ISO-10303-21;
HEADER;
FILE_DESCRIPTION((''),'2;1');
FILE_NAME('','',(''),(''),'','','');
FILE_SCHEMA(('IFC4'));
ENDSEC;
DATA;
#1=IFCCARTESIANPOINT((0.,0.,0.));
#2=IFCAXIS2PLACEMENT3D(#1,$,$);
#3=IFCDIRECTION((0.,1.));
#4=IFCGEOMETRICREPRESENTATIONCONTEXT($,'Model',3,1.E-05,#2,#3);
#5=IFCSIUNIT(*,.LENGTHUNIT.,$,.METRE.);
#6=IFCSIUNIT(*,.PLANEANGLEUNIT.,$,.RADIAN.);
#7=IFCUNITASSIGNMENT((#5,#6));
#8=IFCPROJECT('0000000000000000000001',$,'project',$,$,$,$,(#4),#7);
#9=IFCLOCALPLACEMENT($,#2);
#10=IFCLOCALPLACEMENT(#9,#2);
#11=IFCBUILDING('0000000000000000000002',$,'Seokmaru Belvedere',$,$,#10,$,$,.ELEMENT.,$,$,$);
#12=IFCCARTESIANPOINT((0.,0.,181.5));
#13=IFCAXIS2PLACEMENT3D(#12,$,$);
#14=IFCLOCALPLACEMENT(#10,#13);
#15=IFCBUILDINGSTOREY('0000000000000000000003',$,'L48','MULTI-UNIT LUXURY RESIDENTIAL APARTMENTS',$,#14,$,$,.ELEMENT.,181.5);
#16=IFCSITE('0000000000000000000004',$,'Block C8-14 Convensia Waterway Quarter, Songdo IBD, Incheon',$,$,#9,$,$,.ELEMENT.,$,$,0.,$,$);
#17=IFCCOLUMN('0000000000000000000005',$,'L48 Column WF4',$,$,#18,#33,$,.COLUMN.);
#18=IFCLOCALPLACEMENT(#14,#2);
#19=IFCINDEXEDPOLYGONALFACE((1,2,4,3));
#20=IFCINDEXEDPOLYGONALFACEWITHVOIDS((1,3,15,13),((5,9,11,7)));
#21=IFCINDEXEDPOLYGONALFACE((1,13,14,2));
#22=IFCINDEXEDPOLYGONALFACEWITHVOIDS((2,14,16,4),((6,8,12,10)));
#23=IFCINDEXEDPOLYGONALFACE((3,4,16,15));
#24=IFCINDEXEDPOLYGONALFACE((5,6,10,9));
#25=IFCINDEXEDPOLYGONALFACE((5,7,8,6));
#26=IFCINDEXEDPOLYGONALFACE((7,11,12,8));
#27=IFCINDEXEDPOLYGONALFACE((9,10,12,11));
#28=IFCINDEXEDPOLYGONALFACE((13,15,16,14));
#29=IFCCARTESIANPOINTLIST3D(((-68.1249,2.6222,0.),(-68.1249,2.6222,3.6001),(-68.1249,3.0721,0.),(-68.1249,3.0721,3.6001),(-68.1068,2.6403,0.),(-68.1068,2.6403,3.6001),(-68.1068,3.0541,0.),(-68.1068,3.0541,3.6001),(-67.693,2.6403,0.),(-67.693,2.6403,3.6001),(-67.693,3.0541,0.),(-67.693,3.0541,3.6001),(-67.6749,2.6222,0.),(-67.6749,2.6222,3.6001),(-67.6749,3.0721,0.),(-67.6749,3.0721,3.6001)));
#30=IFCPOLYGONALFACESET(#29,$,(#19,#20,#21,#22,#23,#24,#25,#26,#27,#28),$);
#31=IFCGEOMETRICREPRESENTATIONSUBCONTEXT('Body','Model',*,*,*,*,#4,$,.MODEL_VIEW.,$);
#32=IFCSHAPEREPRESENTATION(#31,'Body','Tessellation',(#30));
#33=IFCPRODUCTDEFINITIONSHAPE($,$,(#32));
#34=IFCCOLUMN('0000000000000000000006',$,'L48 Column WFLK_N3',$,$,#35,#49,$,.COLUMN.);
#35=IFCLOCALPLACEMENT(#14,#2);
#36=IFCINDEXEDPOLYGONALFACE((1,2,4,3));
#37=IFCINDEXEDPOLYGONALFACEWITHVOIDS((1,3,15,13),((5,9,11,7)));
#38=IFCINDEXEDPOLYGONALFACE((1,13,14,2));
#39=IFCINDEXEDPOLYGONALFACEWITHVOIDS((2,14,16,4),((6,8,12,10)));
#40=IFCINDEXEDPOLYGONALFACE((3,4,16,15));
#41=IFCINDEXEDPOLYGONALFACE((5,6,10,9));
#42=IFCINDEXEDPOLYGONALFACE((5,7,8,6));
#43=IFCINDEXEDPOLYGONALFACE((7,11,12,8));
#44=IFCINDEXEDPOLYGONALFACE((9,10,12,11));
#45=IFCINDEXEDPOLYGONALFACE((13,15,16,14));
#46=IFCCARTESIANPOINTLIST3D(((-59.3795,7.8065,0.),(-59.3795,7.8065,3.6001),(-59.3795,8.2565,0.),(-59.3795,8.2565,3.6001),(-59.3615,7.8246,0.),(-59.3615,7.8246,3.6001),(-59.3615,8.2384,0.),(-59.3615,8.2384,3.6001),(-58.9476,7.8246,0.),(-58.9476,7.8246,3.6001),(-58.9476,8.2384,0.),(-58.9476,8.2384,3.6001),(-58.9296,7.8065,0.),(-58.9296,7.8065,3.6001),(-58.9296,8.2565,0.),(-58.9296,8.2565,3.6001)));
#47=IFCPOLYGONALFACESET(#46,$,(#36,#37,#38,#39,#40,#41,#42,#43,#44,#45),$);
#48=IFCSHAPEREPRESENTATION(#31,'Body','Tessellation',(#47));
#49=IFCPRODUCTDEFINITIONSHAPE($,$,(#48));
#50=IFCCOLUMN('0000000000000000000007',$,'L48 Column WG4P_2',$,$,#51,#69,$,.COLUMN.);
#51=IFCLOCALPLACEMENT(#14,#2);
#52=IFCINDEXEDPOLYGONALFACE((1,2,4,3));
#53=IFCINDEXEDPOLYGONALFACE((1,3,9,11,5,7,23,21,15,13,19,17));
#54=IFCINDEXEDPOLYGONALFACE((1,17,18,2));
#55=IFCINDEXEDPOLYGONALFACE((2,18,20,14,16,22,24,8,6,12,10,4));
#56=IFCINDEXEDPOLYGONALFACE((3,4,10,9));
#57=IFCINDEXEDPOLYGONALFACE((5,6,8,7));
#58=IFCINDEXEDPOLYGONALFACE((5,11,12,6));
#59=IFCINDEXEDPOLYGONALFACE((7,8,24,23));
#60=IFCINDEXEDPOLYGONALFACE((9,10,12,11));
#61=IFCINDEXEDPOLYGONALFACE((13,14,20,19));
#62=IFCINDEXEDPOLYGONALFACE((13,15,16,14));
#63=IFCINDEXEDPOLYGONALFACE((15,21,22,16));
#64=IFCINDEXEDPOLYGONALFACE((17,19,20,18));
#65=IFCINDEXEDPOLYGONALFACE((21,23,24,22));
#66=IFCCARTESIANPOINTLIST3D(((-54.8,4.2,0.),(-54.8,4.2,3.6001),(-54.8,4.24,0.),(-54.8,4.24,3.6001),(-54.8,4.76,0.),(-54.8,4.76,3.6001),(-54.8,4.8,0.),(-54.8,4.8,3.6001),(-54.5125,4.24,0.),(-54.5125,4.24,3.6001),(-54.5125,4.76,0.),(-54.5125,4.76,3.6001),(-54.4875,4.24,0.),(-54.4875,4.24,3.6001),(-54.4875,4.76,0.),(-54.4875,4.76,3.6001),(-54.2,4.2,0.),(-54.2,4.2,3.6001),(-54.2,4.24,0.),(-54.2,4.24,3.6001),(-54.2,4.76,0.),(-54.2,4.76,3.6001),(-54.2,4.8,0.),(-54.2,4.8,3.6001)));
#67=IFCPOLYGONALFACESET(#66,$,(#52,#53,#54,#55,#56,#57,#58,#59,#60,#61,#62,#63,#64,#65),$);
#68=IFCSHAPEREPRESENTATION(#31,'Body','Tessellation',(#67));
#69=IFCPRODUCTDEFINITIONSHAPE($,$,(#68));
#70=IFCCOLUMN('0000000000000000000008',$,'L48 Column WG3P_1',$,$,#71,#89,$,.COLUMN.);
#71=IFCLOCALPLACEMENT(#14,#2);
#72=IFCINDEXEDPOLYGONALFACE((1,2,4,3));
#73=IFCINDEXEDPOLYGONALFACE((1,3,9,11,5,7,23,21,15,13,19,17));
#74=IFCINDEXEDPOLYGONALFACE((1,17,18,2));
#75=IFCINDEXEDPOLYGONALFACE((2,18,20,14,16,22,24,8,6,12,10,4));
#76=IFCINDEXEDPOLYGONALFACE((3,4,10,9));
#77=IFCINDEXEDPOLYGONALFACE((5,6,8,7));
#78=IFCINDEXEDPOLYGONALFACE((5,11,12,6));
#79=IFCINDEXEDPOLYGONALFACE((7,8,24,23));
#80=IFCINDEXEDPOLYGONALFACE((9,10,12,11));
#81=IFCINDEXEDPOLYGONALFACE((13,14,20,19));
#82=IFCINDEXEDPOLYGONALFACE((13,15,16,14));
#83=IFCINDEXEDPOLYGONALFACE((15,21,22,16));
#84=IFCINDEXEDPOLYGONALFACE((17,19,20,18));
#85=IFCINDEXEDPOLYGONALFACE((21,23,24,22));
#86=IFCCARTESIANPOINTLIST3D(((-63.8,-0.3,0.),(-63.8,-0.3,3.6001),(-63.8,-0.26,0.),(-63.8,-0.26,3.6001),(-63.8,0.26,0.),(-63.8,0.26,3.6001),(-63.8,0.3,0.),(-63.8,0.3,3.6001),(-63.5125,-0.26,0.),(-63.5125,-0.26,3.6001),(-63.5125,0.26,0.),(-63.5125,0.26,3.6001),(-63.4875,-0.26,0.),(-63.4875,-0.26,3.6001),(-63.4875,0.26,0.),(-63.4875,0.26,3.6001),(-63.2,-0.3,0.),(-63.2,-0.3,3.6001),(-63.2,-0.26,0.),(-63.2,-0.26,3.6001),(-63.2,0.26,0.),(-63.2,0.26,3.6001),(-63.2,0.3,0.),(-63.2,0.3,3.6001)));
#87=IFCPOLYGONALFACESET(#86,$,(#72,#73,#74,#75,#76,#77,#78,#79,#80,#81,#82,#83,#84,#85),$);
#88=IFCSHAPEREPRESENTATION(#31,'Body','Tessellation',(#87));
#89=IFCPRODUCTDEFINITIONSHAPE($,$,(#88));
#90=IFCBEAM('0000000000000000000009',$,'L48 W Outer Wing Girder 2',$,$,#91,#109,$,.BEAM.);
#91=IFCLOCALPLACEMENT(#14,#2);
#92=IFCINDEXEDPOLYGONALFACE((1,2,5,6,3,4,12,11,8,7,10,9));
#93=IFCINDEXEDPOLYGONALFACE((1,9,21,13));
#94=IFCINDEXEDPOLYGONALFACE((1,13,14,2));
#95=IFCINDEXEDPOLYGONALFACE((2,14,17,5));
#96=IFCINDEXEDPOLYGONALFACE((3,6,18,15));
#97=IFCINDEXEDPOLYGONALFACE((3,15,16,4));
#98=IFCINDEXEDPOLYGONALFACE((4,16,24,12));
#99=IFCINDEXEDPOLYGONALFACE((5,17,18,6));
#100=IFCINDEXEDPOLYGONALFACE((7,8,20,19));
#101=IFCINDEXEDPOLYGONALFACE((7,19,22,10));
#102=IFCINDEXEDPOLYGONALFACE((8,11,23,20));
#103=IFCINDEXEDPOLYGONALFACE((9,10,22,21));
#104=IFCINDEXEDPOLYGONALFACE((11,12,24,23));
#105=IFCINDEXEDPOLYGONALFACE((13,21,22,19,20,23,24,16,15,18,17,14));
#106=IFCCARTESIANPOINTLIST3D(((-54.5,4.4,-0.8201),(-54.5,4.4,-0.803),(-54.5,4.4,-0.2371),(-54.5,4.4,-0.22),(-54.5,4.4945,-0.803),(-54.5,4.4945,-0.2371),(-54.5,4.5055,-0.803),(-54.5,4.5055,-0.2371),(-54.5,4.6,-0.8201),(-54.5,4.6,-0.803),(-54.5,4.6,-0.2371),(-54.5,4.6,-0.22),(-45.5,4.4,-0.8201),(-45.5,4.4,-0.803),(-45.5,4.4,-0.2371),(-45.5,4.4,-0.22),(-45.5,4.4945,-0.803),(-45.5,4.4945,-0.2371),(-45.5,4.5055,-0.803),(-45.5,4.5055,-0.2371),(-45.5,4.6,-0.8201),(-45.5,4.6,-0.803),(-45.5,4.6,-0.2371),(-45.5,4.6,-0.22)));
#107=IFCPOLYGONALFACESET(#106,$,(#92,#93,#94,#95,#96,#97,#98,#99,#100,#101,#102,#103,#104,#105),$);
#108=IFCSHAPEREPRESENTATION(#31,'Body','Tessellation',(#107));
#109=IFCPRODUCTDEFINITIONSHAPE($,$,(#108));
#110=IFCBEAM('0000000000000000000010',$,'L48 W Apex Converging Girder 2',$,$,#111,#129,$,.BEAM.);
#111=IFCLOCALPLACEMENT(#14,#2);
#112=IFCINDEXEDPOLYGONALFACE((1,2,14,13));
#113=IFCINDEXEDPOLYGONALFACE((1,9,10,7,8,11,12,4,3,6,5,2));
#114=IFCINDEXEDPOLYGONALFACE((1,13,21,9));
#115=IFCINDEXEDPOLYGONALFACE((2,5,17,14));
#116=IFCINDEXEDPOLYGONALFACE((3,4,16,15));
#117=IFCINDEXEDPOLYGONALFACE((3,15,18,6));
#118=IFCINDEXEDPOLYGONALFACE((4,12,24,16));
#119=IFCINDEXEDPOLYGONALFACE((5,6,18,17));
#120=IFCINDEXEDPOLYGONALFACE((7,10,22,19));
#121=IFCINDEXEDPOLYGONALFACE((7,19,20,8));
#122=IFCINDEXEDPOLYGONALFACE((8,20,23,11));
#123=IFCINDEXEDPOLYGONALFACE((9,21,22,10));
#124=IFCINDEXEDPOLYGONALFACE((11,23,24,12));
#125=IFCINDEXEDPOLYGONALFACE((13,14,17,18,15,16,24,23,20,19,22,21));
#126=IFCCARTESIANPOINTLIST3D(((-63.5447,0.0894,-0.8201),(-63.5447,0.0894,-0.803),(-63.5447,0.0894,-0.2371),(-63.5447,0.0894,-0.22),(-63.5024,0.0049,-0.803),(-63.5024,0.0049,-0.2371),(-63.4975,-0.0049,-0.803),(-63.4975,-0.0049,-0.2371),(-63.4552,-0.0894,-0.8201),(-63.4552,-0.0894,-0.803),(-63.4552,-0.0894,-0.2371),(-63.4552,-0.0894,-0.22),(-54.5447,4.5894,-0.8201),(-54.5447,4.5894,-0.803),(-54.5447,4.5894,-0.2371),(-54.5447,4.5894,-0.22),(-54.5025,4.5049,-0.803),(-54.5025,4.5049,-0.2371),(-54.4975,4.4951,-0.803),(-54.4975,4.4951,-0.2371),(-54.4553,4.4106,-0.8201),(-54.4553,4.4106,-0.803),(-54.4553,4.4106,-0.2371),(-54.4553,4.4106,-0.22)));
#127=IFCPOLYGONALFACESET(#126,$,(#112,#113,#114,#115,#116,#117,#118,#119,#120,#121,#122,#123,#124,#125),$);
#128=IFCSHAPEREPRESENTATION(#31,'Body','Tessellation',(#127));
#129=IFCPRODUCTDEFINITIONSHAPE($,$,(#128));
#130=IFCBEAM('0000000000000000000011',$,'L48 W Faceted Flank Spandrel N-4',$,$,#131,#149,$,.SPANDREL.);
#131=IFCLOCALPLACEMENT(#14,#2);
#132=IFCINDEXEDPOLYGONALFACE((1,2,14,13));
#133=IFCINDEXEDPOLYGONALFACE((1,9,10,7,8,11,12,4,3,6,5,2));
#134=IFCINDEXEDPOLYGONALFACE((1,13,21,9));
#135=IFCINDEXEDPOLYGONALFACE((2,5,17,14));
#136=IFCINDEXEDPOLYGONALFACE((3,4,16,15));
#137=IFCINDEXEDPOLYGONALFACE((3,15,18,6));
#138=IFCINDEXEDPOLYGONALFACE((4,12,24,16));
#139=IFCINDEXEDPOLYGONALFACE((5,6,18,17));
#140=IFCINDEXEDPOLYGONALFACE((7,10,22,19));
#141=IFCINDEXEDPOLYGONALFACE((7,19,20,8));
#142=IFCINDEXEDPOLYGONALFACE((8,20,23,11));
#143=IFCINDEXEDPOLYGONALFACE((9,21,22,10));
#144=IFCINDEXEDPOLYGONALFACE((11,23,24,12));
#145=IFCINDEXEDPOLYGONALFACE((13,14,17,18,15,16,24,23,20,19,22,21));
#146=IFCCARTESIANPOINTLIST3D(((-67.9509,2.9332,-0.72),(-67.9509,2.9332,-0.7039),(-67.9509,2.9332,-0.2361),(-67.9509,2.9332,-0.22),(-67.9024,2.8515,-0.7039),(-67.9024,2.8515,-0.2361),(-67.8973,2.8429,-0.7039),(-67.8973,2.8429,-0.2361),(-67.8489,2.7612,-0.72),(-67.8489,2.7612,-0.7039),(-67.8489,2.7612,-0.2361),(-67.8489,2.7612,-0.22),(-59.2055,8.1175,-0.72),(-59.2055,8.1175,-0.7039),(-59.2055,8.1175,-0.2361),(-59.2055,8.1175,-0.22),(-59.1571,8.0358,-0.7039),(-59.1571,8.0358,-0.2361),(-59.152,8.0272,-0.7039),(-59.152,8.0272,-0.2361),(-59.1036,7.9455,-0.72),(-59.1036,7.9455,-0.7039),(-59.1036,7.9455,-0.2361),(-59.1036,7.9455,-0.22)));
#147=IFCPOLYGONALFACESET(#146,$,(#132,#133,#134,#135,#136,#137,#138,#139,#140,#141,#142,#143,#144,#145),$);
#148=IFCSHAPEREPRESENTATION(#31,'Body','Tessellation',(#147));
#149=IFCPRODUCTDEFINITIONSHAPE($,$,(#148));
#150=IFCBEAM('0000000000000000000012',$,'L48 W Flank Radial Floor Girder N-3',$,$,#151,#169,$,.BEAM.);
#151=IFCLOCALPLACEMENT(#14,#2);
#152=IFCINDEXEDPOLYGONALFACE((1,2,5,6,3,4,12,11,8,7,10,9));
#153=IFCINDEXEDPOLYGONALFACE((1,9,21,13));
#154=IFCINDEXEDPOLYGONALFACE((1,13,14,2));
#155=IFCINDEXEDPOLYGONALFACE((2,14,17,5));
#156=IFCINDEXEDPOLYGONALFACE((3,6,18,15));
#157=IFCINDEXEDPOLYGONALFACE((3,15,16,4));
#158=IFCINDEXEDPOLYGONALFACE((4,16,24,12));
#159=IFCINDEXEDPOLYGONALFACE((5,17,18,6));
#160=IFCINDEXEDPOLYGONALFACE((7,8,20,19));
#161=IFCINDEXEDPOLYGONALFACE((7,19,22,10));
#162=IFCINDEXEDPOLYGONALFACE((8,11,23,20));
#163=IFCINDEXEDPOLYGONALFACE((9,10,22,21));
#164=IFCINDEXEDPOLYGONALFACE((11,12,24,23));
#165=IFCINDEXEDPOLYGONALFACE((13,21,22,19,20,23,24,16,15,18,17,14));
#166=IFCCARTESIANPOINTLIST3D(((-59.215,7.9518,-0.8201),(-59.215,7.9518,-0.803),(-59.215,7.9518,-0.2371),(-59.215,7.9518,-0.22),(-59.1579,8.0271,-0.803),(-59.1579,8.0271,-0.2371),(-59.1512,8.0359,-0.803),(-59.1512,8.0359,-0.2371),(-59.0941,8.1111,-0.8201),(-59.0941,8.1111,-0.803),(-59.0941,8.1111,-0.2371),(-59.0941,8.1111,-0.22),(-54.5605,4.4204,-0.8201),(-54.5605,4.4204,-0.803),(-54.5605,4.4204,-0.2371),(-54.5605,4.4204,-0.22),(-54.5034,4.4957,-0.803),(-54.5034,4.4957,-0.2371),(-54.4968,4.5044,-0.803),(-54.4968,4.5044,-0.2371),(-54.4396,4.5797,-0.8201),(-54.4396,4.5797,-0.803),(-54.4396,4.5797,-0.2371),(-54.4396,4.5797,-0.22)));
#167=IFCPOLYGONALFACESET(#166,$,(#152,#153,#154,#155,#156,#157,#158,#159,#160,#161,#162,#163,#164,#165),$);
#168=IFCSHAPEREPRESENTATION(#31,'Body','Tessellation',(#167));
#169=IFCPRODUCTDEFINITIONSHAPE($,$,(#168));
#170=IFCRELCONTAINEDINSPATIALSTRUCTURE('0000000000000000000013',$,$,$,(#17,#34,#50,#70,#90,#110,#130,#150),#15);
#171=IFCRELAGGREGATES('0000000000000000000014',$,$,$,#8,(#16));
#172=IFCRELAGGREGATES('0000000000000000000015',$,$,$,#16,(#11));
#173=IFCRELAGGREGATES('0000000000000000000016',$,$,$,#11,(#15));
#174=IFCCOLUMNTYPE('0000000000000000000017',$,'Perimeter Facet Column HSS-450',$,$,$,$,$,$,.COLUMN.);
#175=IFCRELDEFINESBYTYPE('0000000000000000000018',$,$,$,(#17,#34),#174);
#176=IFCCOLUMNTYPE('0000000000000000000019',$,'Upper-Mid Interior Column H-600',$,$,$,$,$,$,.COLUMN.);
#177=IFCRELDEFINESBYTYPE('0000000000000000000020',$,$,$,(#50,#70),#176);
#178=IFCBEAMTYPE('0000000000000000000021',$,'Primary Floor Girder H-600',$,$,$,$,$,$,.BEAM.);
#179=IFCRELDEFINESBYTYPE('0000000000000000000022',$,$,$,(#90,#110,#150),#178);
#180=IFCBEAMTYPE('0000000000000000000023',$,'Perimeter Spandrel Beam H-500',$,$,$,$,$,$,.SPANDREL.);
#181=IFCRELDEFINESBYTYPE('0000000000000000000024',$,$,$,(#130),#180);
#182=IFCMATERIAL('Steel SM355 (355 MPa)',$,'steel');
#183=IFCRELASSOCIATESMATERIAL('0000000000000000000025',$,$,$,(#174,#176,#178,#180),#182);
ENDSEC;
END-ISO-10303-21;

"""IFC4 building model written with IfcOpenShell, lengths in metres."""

from ifc_helpers import new_model, si_unit, direction, frame, origin, origin_2d, place, context, subcontext, project, spatial, hollow_rectangle, i_section, extrude, source, transform, mapped, material, material_profile, profile_set, type_object, type_shapes, element, save


model = new_model("IFC4")

# Units and contexts
model_context = context("Model", 3, precision=1e-05, world=origin(), true_north=direction((0.0, 1.0)))
body_context = subcontext(model_context, "Body", "Model", "MODEL_VIEW")
ifc_project = project(units=[si_unit("LENGTHUNIT", "METRE"), si_unit("PLANEANGLEUNIT", "RADIAN")], contexts=[model_context])

# Site, building, storey
site_placement = place(None, origin())
site = spatial("IfcSite", under=ifc_project, at=site_placement, Name="Block C8-14 Convensia Waterway Quarter, Songdo IBD, Incheon", CompositionType="ELEMENT", RefElevation=0.0)
building_placement = place(site_placement, origin())
building = spatial("IfcBuilding", under=site, at=building_placement, Name="Seokmaru Belvedere", CompositionType="ELEMENT")
storey_placement = place(building_placement, frame((0.0, 0.0, 181.5)))
storey = spatial("IfcBuildingStorey", under=building, at=storey_placement, Name="L48", Description="MULTI-UNIT LUXURY RESIDENTIAL APARTMENTS", CompositionType="ELEMENT", Elevation=181.5)

# Columns
ifc_material_1 = material(Name="Steel SM355 (355 MPa)", Category="steel")
ifc_material_profile_1 = material_profile(ifc_material_1, hollow_rectangle(XDim=0.45, YDim=0.45, WallThickness=0.0181, at=origin_2d()), Name="HSS-450x450x18")
ifc_profile_set_1 = profile_set([ifc_material_profile_1], Name="Steel SM355 (355 MPa)")
column_type_1 = type_object("IfcColumnType", Name="Perimeter Facet Column HSS-450", PredefinedType="COLUMN", material=ifc_profile_set_1)
shared_shape_1 = source(origin(), body_context, "Body", "SweptSolid", [
    extrude(hollow_rectangle(XDim=0.45, YDim=0.45, WallThickness=0.0181, at=origin_2d()), origin(), (0.0, 0.0, 1.0), 3.6001),
])
type_shapes(column_type_1, [shared_shape_1])
for number, where, z_axis, x_axis, name in (
    (1, (-67.8999, 2.8472, 0.0), (0.0, 0.0, 1.0), (1.0, 0.0, 0.0), "L48 Column WF4"),
    (2, (-59.1545, 8.0315, 0.0), (0.0, 0.0, 1.0), (1.0, 0.0, 0.0), "L48 Column WFLK_N3"),
):
    element("IfcColumn", number, at=place(storey_placement, frame(where, z_axis=z_axis, x_axis=x_axis)), inside=storey, type_object=column_type_1, Name=name, PredefinedType="COLUMN", context=body_context, shape_type="MappedRepresentation", body=[
        mapped(shared_shape_1, transform((0.0, 0.0, 0.0), scale=1.0)),
    ])
ifc_material_profile_2 = material_profile(ifc_material_1, i_section(OverallWidth=0.6001, OverallDepth=0.6001, WebThickness=0.0249, FlangeThickness=0.04, at=origin_2d()), Name="H-600x600x25x40")
ifc_profile_set_2 = profile_set([ifc_material_profile_2], Name="Steel SM355 (355 MPa)")
column_type_2 = type_object("IfcColumnType", Name="Upper-Mid Interior Column H-600", PredefinedType="COLUMN", material=ifc_profile_set_2)
shared_shape_2 = source(origin(), body_context, "Body", "SweptSolid", [
    extrude(i_section(OverallWidth=0.6001, OverallDepth=0.6001, WebThickness=0.0249, FlangeThickness=0.04, at=origin_2d()), origin(), (0.0, 0.0, 1.0), 3.6001),
])
type_shapes(column_type_2, [shared_shape_2])
for number, where, z_axis, x_axis, name in (
    (3, (-54.5, 4.5, 0.0), (0.0, 0.0, 1.0), (1.0, 0.0, 0.0), "L48 Column WG4P_2"),
    (4, (-63.5, 0.0, 0.0), (0.0, 0.0, 1.0), (1.0, 0.0, 0.0), "L48 Column WG3P_1"),
):
    element("IfcColumn", number, at=place(storey_placement, frame(where, z_axis=z_axis, x_axis=x_axis)), inside=storey, type_object=column_type_2, Name=name, PredefinedType="COLUMN", context=body_context, shape_type="MappedRepresentation", body=[
        mapped(shared_shape_2, transform((0.0, 0.0, 0.0), scale=1.0)),
    ])

# Beams
ifc_material_profile_3 = material_profile(ifc_material_1, i_section(OverallWidth=0.2, OverallDepth=0.6001, WebThickness=0.011, FlangeThickness=0.0171, at=origin_2d()), Name="H-600x200x11x17")
ifc_profile_set_3 = profile_set([ifc_material_profile_3], Name="Steel SM355 (355 MPa)")
beam_type_1 = type_object("IfcBeamType", Name="Primary Floor Girder H-600", PredefinedType="BEAM", material=ifc_profile_set_3)
shared_shape_3 = source(origin(), body_context, "Body", "SweptSolid", [
    extrude(i_section(OverallWidth=0.2, OverallDepth=0.6001, WebThickness=0.011, FlangeThickness=0.0171, at=origin_2d()), origin(), (0.0, 0.0, 1.0), 9.0),
])
beam_1_placement = place(storey_placement, frame((-54.5, 4.5, -0.52), z_axis=(1.0, 0.0, 0.0), x_axis=(0.0, 1.0, 0.0)))
element("IfcBeam", 5, at=beam_1_placement, inside=storey, type_object=beam_type_1, Name="L48 W Outer Wing Girder 2", PredefinedType="BEAM", context=body_context, shape_type="MappedRepresentation", body=[
    mapped(shared_shape_3, transform((0.0, 0.0, 0.0), scale=1.0)),
])
shared_shape_4 = source(origin(), body_context, "Body", "SweptSolid", [
    extrude(i_section(OverallWidth=0.2, OverallDepth=0.6001, WebThickness=0.011, FlangeThickness=0.0171, at=origin_2d()), origin(), (0.0, 0.0, 1.0), 10.0623),
])
beam_2_placement = place(storey_placement, frame((-54.5, 4.5, -0.52), z_axis=(-0.894427, -0.447214, 0.0), x_axis=(0.447214, -0.894427, 0.0)))
element("IfcBeam", 6, at=beam_2_placement, inside=storey, type_object=beam_type_1, Name="L48 W Apex Converging Girder 2", PredefinedType="BEAM", context=body_context, shape_type="MappedRepresentation", body=[
    mapped(shared_shape_4, transform((0.0, 0.0, 0.0), scale=1.0)),
])
ifc_material_profile_4 = material_profile(ifc_material_1, i_section(OverallWidth=0.2, OverallDepth=0.5, WebThickness=0.01, FlangeThickness=0.0161, at=origin_2d()), Name="H-500x200x10x16")
ifc_profile_set_4 = profile_set([ifc_material_profile_4], Name="Steel SM355 (355 MPa)")
beam_type_2 = type_object("IfcBeamType", Name="Perimeter Spandrel Beam H-500", PredefinedType="SPANDREL", material=ifc_profile_set_4)
shared_shape_5 = source(origin(), body_context, "Body", "SweptSolid", [
    extrude(i_section(OverallWidth=0.2, OverallDepth=0.5, WebThickness=0.01, FlangeThickness=0.0161, at=origin_2d()), origin(), (0.0, 0.0, 1.0), 10.1665),
])
type_shapes(beam_type_2, [shared_shape_5])
beam_3_placement = place(storey_placement, frame((-59.1545, 8.0315, -0.47), z_axis=(-0.86021, -0.50994, 0.0), x_axis=(0.50994, -0.86021, 0.0)))
element("IfcBeam", 7, at=beam_3_placement, inside=storey, type_object=beam_type_2, Name="L48 W Faceted Flank Spandrel N-4", PredefinedType="SPANDREL", context=body_context, shape_type="MappedRepresentation", body=[
    mapped(shared_shape_5, transform((0.0, 0.0, 0.0), scale=1.0)),
])
shared_shape_6 = source(origin(), body_context, "Body", "SweptSolid", [
    extrude(i_section(OverallWidth=0.2, OverallDepth=0.6001, WebThickness=0.011, FlangeThickness=0.0171, at=origin_2d()), origin(), (0.0, 0.0, 1.0), 5.8425),
])
beam_4_placement = place(storey_placement, frame((-59.1545, 8.0315, -0.52), z_axis=(0.796653, -0.604437, 0.0), x_axis=(0.604437, 0.796653, 0.0)))
element("IfcBeam", 8, at=beam_4_placement, inside=storey, type_object=beam_type_1, Name="L48 W Flank Radial Floor Girder N-3", PredefinedType="BEAM", context=body_context, shape_type="MappedRepresentation", body=[
    mapped(shared_shape_6, transform((0.0, 0.0, 0.0), scale=1.0)),
])

save(model, "model.ifc")
